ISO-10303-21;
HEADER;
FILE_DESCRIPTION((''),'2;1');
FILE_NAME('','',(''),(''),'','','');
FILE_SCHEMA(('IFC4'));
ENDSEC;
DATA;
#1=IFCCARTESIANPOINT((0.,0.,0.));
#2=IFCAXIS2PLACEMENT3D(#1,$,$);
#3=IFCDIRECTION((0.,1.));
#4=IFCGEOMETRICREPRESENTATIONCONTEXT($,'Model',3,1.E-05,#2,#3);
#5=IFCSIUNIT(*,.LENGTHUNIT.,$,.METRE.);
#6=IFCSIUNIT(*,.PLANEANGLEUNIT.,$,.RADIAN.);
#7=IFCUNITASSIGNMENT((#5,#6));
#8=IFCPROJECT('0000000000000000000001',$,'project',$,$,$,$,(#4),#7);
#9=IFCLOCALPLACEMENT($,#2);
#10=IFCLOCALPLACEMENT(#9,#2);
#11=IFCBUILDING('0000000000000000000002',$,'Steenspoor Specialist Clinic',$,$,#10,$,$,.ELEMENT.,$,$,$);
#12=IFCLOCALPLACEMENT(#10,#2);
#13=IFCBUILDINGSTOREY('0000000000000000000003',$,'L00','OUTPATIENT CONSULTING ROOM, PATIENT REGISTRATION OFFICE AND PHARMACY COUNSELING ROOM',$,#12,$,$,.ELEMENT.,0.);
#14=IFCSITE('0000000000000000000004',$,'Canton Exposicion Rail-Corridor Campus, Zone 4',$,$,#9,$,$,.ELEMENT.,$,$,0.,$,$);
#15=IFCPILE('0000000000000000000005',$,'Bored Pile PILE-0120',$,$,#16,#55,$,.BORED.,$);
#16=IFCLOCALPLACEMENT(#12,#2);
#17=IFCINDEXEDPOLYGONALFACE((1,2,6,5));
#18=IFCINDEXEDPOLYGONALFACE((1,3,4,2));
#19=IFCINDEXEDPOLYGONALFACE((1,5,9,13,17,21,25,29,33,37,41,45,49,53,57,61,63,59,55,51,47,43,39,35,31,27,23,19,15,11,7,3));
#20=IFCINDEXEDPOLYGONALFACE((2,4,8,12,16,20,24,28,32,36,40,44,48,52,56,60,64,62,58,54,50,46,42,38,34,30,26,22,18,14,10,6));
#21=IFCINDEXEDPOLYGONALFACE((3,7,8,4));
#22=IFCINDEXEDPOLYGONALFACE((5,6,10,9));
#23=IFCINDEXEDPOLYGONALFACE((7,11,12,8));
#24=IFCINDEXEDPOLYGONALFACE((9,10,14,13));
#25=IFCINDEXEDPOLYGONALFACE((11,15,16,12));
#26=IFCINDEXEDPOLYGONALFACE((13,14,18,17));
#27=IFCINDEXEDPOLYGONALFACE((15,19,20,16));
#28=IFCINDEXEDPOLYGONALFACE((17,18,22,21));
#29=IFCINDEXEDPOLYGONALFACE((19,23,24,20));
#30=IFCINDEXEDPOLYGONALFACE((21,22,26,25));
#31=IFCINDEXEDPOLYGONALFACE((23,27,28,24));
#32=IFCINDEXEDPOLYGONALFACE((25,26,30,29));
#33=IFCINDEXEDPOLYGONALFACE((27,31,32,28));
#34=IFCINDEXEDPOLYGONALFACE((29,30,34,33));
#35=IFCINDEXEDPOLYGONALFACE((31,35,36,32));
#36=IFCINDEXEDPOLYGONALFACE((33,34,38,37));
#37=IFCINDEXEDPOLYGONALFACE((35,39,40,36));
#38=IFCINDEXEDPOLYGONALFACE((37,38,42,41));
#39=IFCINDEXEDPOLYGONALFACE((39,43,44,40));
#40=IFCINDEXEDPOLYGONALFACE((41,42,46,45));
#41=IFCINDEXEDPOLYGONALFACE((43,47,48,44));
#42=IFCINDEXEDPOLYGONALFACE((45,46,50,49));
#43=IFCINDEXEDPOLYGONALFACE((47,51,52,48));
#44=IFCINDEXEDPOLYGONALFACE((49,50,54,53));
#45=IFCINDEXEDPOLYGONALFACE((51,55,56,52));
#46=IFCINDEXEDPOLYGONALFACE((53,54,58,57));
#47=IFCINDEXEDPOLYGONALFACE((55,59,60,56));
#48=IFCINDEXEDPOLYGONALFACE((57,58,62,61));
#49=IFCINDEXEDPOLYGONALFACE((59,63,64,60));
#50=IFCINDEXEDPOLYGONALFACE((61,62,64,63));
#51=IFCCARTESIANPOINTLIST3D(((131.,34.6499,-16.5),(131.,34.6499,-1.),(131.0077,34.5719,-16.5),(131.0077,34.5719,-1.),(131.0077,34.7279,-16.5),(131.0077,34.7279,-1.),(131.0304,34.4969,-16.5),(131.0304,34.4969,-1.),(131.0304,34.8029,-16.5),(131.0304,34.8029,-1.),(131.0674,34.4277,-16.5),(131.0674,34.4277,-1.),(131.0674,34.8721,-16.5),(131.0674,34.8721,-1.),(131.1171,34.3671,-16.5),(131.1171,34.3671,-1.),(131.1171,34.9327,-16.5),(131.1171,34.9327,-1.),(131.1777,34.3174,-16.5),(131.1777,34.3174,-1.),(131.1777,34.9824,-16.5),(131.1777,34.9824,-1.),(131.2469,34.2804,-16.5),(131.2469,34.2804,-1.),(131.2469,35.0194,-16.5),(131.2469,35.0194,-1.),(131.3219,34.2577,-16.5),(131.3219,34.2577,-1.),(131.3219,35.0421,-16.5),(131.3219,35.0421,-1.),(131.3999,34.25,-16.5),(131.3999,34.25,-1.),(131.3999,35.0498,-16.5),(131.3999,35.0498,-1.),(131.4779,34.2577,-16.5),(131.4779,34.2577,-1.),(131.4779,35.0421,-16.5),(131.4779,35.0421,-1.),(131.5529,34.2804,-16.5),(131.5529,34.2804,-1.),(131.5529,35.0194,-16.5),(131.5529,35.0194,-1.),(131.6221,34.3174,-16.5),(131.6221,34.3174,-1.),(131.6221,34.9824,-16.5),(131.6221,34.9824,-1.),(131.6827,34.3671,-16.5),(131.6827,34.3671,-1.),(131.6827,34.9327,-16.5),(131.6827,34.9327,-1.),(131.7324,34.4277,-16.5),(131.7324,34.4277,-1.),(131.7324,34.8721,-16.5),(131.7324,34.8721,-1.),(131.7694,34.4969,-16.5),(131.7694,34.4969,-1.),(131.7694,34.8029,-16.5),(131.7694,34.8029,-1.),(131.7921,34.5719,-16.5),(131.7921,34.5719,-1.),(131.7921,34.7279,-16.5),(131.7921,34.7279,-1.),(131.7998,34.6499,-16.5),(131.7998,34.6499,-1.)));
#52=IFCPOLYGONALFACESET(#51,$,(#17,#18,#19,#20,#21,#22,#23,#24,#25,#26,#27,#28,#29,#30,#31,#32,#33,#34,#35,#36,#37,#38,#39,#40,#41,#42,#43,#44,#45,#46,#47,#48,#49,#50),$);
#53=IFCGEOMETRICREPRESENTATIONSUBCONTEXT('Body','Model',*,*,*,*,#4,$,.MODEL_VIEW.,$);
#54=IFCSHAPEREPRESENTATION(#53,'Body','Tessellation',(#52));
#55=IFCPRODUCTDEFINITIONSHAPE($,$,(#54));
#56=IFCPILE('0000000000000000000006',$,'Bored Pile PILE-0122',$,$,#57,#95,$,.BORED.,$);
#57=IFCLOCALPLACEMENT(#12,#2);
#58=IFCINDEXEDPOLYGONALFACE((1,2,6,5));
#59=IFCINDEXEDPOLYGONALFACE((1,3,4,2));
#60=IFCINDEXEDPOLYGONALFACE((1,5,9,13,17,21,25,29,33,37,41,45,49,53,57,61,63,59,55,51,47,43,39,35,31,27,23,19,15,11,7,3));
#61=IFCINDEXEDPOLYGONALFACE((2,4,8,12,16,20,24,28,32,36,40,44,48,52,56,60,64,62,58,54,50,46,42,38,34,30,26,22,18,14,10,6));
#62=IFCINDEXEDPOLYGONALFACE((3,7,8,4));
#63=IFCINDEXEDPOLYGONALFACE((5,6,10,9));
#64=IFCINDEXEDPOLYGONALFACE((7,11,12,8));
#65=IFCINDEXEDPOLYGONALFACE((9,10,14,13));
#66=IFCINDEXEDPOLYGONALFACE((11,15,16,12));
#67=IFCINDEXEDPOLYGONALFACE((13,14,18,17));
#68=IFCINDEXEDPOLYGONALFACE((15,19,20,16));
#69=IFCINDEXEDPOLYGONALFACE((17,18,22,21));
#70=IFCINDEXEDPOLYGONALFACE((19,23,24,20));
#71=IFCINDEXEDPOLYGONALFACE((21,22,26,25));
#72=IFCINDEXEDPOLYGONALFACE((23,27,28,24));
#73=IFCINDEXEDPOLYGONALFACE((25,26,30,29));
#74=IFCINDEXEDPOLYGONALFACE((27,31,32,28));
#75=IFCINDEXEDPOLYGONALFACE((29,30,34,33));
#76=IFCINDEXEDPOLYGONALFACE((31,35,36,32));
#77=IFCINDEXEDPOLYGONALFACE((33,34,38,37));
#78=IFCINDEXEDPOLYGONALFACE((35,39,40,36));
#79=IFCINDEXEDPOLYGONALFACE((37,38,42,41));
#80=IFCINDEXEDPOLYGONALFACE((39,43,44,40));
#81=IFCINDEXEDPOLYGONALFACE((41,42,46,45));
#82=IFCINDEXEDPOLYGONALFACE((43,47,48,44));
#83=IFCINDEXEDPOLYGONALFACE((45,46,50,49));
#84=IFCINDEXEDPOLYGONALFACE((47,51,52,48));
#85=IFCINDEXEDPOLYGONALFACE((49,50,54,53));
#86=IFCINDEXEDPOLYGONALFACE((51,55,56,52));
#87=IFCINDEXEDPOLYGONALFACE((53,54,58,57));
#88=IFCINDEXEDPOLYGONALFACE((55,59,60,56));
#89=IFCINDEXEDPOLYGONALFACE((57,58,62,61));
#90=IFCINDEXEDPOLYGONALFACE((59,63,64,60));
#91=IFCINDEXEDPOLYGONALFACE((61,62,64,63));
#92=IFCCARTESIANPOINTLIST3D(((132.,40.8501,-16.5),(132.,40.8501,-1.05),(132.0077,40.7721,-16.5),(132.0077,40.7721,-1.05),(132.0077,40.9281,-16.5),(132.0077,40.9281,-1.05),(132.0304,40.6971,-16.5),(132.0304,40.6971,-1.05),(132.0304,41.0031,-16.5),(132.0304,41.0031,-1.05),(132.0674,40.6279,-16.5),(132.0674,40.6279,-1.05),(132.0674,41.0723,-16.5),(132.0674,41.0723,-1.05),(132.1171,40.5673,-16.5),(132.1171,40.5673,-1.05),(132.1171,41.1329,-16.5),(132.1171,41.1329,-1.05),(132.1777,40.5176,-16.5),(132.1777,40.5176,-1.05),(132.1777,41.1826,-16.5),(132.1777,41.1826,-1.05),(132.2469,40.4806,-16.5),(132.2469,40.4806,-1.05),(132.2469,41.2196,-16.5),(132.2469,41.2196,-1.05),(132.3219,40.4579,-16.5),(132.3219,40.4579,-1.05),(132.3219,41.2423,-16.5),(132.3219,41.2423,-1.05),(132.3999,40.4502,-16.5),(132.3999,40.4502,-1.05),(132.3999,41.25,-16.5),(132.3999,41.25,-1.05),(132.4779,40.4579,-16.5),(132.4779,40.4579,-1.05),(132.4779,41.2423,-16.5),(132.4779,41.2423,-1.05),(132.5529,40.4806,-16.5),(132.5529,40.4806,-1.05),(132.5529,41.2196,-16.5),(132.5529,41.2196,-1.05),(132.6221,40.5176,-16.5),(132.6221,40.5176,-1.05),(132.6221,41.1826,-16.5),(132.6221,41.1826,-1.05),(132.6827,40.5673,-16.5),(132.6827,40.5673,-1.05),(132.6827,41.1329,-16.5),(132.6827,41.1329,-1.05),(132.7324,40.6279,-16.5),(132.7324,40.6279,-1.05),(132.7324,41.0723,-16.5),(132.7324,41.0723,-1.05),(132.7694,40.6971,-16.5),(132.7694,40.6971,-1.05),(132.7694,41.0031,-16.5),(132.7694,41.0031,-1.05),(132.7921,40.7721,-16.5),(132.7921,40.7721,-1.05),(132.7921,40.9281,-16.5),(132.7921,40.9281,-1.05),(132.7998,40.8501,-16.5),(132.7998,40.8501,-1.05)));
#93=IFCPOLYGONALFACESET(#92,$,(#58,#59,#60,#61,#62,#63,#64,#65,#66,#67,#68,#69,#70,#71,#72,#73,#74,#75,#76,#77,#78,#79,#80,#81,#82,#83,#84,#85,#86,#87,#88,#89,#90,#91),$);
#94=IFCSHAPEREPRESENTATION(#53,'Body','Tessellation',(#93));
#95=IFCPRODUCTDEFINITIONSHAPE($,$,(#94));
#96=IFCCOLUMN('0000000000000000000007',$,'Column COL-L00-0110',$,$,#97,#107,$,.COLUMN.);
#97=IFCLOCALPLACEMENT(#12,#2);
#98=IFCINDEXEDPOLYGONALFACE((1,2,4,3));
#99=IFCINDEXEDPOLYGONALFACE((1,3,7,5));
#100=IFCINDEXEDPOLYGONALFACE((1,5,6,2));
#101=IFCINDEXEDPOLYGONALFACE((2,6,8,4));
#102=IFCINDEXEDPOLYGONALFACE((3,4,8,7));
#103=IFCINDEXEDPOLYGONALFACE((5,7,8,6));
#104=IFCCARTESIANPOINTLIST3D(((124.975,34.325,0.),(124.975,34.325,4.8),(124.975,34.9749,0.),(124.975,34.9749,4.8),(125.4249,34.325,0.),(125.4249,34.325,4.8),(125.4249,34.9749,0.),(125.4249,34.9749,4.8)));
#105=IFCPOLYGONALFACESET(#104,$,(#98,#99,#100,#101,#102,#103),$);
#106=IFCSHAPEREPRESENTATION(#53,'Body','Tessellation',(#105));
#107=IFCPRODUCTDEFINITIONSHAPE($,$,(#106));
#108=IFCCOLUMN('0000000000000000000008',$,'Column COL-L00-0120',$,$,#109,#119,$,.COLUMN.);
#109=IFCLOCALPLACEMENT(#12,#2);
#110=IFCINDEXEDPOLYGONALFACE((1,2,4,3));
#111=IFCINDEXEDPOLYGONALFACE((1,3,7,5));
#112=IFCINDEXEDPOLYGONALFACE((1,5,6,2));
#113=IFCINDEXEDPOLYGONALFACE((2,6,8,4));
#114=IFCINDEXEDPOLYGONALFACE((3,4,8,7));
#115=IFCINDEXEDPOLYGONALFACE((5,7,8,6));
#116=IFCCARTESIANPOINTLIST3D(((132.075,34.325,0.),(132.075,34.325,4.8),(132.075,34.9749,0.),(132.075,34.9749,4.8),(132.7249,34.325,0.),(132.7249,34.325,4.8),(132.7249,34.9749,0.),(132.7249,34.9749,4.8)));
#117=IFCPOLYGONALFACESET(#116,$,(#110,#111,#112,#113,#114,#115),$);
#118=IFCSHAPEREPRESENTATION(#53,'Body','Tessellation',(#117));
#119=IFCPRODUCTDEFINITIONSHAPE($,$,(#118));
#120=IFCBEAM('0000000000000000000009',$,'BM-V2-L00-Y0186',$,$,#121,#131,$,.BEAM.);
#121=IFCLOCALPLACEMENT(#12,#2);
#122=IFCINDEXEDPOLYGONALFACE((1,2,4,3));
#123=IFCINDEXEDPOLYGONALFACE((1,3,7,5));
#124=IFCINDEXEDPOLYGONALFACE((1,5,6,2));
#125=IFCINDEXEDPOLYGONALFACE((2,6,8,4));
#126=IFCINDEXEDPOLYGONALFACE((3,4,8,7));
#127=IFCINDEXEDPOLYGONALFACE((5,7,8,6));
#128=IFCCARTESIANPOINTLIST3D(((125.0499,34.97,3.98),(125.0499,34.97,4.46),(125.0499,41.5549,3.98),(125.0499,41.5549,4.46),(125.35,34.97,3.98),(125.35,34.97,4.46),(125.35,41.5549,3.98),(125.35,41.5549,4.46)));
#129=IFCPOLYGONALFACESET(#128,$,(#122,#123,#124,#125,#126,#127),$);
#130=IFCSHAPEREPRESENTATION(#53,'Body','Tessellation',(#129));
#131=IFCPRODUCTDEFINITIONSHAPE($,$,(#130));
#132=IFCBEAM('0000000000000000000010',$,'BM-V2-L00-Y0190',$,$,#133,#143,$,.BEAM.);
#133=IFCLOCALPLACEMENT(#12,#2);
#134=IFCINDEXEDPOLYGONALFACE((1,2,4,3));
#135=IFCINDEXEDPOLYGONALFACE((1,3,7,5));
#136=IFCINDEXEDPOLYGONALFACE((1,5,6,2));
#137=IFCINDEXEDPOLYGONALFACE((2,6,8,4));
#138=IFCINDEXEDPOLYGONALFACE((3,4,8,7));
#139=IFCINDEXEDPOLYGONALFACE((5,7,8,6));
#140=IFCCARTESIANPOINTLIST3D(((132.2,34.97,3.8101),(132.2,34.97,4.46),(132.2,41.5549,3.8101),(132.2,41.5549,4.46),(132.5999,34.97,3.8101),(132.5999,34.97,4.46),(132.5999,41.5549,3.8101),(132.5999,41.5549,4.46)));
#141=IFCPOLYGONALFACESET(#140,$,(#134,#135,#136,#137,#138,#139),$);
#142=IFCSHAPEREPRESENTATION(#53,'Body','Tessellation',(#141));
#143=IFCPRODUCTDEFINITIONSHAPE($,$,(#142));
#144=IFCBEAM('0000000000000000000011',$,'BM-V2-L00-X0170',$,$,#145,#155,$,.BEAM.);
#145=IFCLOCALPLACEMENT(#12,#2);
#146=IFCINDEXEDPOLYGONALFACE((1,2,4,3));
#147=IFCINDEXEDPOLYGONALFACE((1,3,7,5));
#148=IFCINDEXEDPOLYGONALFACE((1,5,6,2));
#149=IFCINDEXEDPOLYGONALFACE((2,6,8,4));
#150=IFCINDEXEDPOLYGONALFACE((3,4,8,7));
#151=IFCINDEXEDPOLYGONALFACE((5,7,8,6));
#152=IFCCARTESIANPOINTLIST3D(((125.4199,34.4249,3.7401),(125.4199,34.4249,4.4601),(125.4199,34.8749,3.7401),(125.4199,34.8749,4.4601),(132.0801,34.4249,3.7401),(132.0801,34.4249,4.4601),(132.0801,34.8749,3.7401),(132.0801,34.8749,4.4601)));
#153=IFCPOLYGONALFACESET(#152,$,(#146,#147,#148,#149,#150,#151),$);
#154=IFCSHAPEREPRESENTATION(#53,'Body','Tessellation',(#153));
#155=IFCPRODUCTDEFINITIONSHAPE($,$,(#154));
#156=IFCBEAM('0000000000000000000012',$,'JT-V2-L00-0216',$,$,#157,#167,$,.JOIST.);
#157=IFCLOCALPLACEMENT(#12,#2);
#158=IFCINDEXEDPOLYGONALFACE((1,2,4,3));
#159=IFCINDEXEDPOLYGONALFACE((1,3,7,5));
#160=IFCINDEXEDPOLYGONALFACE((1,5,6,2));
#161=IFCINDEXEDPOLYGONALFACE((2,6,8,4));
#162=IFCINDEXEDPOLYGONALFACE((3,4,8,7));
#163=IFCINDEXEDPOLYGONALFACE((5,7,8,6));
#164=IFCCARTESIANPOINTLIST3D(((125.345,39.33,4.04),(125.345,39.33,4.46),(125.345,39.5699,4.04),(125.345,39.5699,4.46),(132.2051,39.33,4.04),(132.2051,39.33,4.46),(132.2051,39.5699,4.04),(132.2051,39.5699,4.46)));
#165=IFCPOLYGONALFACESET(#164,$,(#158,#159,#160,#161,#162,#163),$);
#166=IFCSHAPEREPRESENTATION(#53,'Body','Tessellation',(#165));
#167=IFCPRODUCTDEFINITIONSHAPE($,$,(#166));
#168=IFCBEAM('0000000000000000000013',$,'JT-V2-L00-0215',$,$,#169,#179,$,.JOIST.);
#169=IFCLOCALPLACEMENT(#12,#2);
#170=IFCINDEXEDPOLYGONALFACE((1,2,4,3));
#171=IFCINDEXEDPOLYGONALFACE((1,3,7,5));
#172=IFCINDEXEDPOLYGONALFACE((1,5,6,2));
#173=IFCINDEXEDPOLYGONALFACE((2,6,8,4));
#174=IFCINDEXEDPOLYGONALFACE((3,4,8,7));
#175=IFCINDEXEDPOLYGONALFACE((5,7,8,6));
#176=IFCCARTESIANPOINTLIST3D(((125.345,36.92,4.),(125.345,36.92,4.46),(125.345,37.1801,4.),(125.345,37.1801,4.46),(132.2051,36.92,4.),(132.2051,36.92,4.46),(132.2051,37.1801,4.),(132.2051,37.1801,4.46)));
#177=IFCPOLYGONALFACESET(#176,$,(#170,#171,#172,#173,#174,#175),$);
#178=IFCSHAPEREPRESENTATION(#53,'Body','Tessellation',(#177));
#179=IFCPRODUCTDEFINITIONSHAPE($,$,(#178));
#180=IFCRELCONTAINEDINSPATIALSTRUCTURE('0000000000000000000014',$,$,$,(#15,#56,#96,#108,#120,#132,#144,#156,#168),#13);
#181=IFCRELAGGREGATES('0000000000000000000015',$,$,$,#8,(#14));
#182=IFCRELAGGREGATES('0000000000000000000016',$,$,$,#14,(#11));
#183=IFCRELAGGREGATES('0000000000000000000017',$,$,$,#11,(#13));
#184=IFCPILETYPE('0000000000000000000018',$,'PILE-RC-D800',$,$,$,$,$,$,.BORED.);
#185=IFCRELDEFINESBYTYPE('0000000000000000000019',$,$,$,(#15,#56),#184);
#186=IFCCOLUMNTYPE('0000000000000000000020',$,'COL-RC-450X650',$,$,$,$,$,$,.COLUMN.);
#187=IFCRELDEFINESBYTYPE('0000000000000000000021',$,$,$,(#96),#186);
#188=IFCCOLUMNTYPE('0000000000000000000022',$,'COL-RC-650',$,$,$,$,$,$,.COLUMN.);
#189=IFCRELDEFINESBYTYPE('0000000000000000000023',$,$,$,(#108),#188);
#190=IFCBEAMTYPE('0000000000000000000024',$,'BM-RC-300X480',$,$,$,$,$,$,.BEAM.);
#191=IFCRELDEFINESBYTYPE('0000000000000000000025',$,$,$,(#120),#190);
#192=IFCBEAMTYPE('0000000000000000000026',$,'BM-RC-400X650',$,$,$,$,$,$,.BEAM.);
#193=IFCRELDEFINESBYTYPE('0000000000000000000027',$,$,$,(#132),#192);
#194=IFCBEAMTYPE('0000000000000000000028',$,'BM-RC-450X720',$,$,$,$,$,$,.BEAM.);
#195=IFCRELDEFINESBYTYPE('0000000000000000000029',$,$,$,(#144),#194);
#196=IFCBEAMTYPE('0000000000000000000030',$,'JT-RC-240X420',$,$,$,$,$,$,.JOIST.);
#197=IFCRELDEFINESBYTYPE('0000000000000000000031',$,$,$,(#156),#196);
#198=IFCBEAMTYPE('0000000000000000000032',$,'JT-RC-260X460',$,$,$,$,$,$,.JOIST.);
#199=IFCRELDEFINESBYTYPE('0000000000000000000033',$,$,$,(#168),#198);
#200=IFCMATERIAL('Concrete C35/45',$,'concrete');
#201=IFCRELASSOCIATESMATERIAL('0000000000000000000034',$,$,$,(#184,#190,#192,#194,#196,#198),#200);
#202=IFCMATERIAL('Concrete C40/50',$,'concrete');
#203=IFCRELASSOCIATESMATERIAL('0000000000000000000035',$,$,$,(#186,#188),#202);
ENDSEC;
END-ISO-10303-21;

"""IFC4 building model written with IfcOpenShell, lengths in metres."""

from ifc_helpers import new_model, si_unit, direction, frame, origin, origin_2d, place, context, subcontext, project, spatial, rectangle, circle, extrude, material, material_profile, profile_set, type_object, element, save


model = new_model("IFC4")

# Units and contexts
model_context = context("Model", 3, precision=1e-05, world=origin(), true_north=direction((0.0, 1.0)))
body_context = subcontext(model_context, "Body", "Model", "MODEL_VIEW")
ifc_project = project(units=[si_unit("LENGTHUNIT", "METRE"), si_unit("PLANEANGLEUNIT", "RADIAN")], contexts=[model_context])

# Site, building, storey
site_placement = place(None, origin())
site = spatial("IfcSite", under=ifc_project, at=site_placement, Name="Canton Exposicion Rail-Corridor Campus, Zone 4", CompositionType="ELEMENT", RefElevation=0.0)
building_placement = place(site_placement, origin())
building = spatial("IfcBuilding", under=site, at=building_placement, Name="Steenspoor Specialist Clinic", CompositionType="ELEMENT")
storey_placement = place(building_placement, origin())
storey = spatial("IfcBuildingStorey", under=building, at=storey_placement, Name="L00", Description="OUTPATIENT CONSULTING ROOM, PATIENT REGISTRATION OFFICE AND PHARMACY COUNSELING ROOM", CompositionType="ELEMENT", Elevation=0.0)

# Shared definitions
ifc_material_1 = material(Name="Concrete C35/45", Category="concrete")

# Piles
ifc_material_profile_1 = material_profile(ifc_material_1, circle(Radius=0.3999, at=origin_2d()), Name="PILE-D800")
ifc_profile_set_1 = profile_set([ifc_material_profile_1], Name="Concrete C35/45")
pile_type_1 = type_object("IfcPileType", Name="PILE-RC-D800", PredefinedType="BORED", material=ifc_profile_set_1)
pile_1_placement = place(storey_placement, frame((131.3999, 34.6499, -1.0), z_axis=(0.0, 0.0, -1.0), x_axis=(1.0, 0.0, 0.0)))
element("IfcPile", 1, at=pile_1_placement, inside=storey, type_object=pile_type_1, Name="Bored Pile PILE-0120", PredefinedType="BORED", context=body_context, shape_type="SweptSolid", body=[
    extrude(circle(Radius=0.3999, at=origin_2d()), origin(), (0.0, 0.0, 1.0), 15.5),
])
pile_2_placement = place(storey_placement, frame((132.3999, 40.8501, -1.05), z_axis=(0.0, 0.0, -1.0), x_axis=(1.0, 0.0, 0.0)))
element("IfcPile", 2, at=pile_2_placement, inside=storey, type_object=pile_type_1, Name="Bored Pile PILE-0122", PredefinedType="BORED", context=body_context, shape_type="SweptSolid", body=[
    extrude(circle(Radius=0.3999, at=origin_2d()), origin(), (0.0, 0.0, 1.0), 15.45),
])

# Columns
ifc_material_2 = material(Name="Concrete C40/50", Category="concrete")
ifc_material_profile_2 = material_profile(ifc_material_2, rectangle(XDim=0.45, YDim=0.6499, at=origin_2d()), Name="RC-COL-450X650")
ifc_profile_set_2 = profile_set([ifc_material_profile_2], Name="Concrete C40/50")
column_type_1 = type_object("IfcColumnType", Name="COL-RC-450X650", PredefinedType="COLUMN", material=ifc_profile_set_2)
column_1_placement = place(storey_placement, frame((125.2, 34.6499, 0.0), z_axis=(0.0, 0.0, 1.0), x_axis=(1.0, 0.0, 0.0)))
element("IfcColumn", 3, at=column_1_placement, inside=storey, type_object=column_type_1, Name="Column COL-L00-0110", PredefinedType="COLUMN", context=body_context, shape_type="SweptSolid", body=[
    extrude(rectangle(XDim=0.45, YDim=0.6499, at=origin_2d()), origin(), (0.0, 0.0, 1.0), 4.8),
])
ifc_material_profile_3 = material_profile(ifc_material_2, rectangle(XDim=0.6499, YDim=0.6499, at=origin_2d()), Name="RC-COL-650X650")
ifc_profile_set_3 = profile_set([ifc_material_profile_3], Name="Concrete C40/50")
column_type_2 = type_object("IfcColumnType", Name="COL-RC-650", PredefinedType="COLUMN", material=ifc_profile_set_3)
column_2_placement = place(storey_placement, frame((132.3999, 34.6499, 0.0), z_axis=(0.0, 0.0, 1.0), x_axis=(1.0, 0.0, 0.0)))
element("IfcColumn", 4, at=column_2_placement, inside=storey, type_object=column_type_2, Name="Column COL-L00-0120", PredefinedType="COLUMN", context=body_context, shape_type="SweptSolid", body=[
    extrude(rectangle(XDim=0.6499, YDim=0.6499, at=origin_2d()), origin(), (0.0, 0.0, 1.0), 4.8),
])

# Beams
ifc_material_profile_4 = material_profile(ifc_material_1, rectangle(XDim=0.3, YDim=0.48, at=origin_2d()), Name="RC-BM-300X480")
ifc_profile_set_4 = profile_set([ifc_material_profile_4], Name="Concrete C35/45")
beam_type_1 = type_object("IfcBeamType", Name="BM-RC-300X480", PredefinedType="BEAM", material=ifc_profile_set_4)
beam_1_placement = place(storey_placement, frame((125.2, 34.97, 4.22), z_axis=(0.0, 1.0, 0.0), x_axis=(-1.0, 0.0, 0.0)))
element("IfcBeam", 5, at=beam_1_placement, inside=storey, type_object=beam_type_1, Name="BM-V2-L00-Y0186", PredefinedType="BEAM", context=body_context, shape_type="SweptSolid", body=[
    extrude(rectangle(XDim=0.3, YDim=0.48, at=origin_2d()), origin(), (0.0, 0.0, 1.0), 6.585),
])
ifc_material_profile_5 = material_profile(ifc_material_1, rectangle(XDim=0.3999, YDim=0.6499, at=origin_2d()), Name="RC-BM-400X650")
ifc_profile_set_5 = profile_set([ifc_material_profile_5], Name="Concrete C35/45")
beam_type_2 = type_object("IfcBeamType", Name="BM-RC-400X650", PredefinedType="BEAM", material=ifc_profile_set_5)
beam_2_placement = place(storey_placement, frame((132.3999, 34.97, 4.135), z_axis=(0.0, 1.0, 0.0), x_axis=(-1.0, 0.0, 0.0)))
element("IfcBeam", 6, at=beam_2_placement, inside=storey, type_object=beam_type_2, Name="BM-V2-L00-Y0190", PredefinedType="BEAM", context=body_context, shape_type="SweptSolid", body=[
    extrude(rectangle(XDim=0.3999, YDim=0.6499, at=origin_2d()), origin(), (0.0, 0.0, 1.0), 6.585),
])
ifc_material_profile_6 = material_profile(ifc_material_1, rectangle(XDim=0.45, YDim=0.72, at=origin_2d()), Name="RC-BM-450X720")
ifc_profile_set_6 = profile_set([ifc_material_profile_6], Name="Concrete C35/45")
beam_type_3 = type_object("IfcBeamType", Name="BM-RC-450X720", PredefinedType="BEAM", material=ifc_profile_set_6)
beam_3_placement = place(storey_placement, frame((125.4199, 34.6499, 4.1001), z_axis=(1.0, 0.0, 0.0), x_axis=(0.0, 1.0, 0.0)))
element("IfcBeam", 7, at=beam_3_placement, inside=storey, type_object=beam_type_3, Name="BM-V2-L00-X0170", PredefinedType="BEAM", context=body_context, shape_type="SweptSolid", body=[
    extrude(rectangle(XDim=0.45, YDim=0.72, at=origin_2d()), origin(), (0.0, 0.0, 1.0), 6.6602),
])
ifc_material_profile_7 = material_profile(ifc_material_1, rectangle(XDim=0.24, YDim=0.4199, at=origin_2d()), Name="RC-JT-240X420")
ifc_profile_set_7 = profile_set([ifc_material_profile_7], Name="Concrete C35/45")
beam_type_4 = type_object("IfcBeamType", Name="JT-RC-240X420", PredefinedType="JOIST", material=ifc_profile_set_7)
beam_4_placement = place(storey_placement, frame((125.345, 39.45, 4.25), z_axis=(1.0, 0.0, 0.0), x_axis=(0.0, 1.0, 0.0)))
element("IfcBeam", 8, at=beam_4_placement, inside=storey, type_object=beam_type_4, Name="JT-V2-L00-0216", PredefinedType="JOIST", context=body_context, shape_type="SweptSolid", body=[
    extrude(rectangle(XDim=0.24, YDim=0.4199, at=origin_2d()), origin(), (0.0, 0.0, 1.0), 6.8601),
])
ifc_material_profile_8 = material_profile(ifc_material_1, rectangle(XDim=0.26, YDim=0.46, at=origin_2d()), Name="RC-JT-260X460")
ifc_profile_set_8 = profile_set([ifc_material_profile_8], Name="Concrete C35/45")
beam_type_5 = type_object("IfcBeamType", Name="JT-RC-260X460", PredefinedType="JOIST", material=ifc_profile_set_8)
beam_5_placement = place(storey_placement, frame((125.345, 37.05, 4.23), z_axis=(1.0, 0.0, 0.0), x_axis=(0.0, 1.0, 0.0)))
element("IfcBeam", 9, at=beam_5_placement, inside=storey, type_object=beam_type_5, Name="JT-V2-L00-0215", PredefinedType="JOIST", context=body_context, shape_type="SweptSolid", body=[
    extrude(rectangle(XDim=0.26, YDim=0.46, at=origin_2d()), origin(), (0.0, 0.0, 1.0), 6.8601),
])

save(model, "model.ifc")
